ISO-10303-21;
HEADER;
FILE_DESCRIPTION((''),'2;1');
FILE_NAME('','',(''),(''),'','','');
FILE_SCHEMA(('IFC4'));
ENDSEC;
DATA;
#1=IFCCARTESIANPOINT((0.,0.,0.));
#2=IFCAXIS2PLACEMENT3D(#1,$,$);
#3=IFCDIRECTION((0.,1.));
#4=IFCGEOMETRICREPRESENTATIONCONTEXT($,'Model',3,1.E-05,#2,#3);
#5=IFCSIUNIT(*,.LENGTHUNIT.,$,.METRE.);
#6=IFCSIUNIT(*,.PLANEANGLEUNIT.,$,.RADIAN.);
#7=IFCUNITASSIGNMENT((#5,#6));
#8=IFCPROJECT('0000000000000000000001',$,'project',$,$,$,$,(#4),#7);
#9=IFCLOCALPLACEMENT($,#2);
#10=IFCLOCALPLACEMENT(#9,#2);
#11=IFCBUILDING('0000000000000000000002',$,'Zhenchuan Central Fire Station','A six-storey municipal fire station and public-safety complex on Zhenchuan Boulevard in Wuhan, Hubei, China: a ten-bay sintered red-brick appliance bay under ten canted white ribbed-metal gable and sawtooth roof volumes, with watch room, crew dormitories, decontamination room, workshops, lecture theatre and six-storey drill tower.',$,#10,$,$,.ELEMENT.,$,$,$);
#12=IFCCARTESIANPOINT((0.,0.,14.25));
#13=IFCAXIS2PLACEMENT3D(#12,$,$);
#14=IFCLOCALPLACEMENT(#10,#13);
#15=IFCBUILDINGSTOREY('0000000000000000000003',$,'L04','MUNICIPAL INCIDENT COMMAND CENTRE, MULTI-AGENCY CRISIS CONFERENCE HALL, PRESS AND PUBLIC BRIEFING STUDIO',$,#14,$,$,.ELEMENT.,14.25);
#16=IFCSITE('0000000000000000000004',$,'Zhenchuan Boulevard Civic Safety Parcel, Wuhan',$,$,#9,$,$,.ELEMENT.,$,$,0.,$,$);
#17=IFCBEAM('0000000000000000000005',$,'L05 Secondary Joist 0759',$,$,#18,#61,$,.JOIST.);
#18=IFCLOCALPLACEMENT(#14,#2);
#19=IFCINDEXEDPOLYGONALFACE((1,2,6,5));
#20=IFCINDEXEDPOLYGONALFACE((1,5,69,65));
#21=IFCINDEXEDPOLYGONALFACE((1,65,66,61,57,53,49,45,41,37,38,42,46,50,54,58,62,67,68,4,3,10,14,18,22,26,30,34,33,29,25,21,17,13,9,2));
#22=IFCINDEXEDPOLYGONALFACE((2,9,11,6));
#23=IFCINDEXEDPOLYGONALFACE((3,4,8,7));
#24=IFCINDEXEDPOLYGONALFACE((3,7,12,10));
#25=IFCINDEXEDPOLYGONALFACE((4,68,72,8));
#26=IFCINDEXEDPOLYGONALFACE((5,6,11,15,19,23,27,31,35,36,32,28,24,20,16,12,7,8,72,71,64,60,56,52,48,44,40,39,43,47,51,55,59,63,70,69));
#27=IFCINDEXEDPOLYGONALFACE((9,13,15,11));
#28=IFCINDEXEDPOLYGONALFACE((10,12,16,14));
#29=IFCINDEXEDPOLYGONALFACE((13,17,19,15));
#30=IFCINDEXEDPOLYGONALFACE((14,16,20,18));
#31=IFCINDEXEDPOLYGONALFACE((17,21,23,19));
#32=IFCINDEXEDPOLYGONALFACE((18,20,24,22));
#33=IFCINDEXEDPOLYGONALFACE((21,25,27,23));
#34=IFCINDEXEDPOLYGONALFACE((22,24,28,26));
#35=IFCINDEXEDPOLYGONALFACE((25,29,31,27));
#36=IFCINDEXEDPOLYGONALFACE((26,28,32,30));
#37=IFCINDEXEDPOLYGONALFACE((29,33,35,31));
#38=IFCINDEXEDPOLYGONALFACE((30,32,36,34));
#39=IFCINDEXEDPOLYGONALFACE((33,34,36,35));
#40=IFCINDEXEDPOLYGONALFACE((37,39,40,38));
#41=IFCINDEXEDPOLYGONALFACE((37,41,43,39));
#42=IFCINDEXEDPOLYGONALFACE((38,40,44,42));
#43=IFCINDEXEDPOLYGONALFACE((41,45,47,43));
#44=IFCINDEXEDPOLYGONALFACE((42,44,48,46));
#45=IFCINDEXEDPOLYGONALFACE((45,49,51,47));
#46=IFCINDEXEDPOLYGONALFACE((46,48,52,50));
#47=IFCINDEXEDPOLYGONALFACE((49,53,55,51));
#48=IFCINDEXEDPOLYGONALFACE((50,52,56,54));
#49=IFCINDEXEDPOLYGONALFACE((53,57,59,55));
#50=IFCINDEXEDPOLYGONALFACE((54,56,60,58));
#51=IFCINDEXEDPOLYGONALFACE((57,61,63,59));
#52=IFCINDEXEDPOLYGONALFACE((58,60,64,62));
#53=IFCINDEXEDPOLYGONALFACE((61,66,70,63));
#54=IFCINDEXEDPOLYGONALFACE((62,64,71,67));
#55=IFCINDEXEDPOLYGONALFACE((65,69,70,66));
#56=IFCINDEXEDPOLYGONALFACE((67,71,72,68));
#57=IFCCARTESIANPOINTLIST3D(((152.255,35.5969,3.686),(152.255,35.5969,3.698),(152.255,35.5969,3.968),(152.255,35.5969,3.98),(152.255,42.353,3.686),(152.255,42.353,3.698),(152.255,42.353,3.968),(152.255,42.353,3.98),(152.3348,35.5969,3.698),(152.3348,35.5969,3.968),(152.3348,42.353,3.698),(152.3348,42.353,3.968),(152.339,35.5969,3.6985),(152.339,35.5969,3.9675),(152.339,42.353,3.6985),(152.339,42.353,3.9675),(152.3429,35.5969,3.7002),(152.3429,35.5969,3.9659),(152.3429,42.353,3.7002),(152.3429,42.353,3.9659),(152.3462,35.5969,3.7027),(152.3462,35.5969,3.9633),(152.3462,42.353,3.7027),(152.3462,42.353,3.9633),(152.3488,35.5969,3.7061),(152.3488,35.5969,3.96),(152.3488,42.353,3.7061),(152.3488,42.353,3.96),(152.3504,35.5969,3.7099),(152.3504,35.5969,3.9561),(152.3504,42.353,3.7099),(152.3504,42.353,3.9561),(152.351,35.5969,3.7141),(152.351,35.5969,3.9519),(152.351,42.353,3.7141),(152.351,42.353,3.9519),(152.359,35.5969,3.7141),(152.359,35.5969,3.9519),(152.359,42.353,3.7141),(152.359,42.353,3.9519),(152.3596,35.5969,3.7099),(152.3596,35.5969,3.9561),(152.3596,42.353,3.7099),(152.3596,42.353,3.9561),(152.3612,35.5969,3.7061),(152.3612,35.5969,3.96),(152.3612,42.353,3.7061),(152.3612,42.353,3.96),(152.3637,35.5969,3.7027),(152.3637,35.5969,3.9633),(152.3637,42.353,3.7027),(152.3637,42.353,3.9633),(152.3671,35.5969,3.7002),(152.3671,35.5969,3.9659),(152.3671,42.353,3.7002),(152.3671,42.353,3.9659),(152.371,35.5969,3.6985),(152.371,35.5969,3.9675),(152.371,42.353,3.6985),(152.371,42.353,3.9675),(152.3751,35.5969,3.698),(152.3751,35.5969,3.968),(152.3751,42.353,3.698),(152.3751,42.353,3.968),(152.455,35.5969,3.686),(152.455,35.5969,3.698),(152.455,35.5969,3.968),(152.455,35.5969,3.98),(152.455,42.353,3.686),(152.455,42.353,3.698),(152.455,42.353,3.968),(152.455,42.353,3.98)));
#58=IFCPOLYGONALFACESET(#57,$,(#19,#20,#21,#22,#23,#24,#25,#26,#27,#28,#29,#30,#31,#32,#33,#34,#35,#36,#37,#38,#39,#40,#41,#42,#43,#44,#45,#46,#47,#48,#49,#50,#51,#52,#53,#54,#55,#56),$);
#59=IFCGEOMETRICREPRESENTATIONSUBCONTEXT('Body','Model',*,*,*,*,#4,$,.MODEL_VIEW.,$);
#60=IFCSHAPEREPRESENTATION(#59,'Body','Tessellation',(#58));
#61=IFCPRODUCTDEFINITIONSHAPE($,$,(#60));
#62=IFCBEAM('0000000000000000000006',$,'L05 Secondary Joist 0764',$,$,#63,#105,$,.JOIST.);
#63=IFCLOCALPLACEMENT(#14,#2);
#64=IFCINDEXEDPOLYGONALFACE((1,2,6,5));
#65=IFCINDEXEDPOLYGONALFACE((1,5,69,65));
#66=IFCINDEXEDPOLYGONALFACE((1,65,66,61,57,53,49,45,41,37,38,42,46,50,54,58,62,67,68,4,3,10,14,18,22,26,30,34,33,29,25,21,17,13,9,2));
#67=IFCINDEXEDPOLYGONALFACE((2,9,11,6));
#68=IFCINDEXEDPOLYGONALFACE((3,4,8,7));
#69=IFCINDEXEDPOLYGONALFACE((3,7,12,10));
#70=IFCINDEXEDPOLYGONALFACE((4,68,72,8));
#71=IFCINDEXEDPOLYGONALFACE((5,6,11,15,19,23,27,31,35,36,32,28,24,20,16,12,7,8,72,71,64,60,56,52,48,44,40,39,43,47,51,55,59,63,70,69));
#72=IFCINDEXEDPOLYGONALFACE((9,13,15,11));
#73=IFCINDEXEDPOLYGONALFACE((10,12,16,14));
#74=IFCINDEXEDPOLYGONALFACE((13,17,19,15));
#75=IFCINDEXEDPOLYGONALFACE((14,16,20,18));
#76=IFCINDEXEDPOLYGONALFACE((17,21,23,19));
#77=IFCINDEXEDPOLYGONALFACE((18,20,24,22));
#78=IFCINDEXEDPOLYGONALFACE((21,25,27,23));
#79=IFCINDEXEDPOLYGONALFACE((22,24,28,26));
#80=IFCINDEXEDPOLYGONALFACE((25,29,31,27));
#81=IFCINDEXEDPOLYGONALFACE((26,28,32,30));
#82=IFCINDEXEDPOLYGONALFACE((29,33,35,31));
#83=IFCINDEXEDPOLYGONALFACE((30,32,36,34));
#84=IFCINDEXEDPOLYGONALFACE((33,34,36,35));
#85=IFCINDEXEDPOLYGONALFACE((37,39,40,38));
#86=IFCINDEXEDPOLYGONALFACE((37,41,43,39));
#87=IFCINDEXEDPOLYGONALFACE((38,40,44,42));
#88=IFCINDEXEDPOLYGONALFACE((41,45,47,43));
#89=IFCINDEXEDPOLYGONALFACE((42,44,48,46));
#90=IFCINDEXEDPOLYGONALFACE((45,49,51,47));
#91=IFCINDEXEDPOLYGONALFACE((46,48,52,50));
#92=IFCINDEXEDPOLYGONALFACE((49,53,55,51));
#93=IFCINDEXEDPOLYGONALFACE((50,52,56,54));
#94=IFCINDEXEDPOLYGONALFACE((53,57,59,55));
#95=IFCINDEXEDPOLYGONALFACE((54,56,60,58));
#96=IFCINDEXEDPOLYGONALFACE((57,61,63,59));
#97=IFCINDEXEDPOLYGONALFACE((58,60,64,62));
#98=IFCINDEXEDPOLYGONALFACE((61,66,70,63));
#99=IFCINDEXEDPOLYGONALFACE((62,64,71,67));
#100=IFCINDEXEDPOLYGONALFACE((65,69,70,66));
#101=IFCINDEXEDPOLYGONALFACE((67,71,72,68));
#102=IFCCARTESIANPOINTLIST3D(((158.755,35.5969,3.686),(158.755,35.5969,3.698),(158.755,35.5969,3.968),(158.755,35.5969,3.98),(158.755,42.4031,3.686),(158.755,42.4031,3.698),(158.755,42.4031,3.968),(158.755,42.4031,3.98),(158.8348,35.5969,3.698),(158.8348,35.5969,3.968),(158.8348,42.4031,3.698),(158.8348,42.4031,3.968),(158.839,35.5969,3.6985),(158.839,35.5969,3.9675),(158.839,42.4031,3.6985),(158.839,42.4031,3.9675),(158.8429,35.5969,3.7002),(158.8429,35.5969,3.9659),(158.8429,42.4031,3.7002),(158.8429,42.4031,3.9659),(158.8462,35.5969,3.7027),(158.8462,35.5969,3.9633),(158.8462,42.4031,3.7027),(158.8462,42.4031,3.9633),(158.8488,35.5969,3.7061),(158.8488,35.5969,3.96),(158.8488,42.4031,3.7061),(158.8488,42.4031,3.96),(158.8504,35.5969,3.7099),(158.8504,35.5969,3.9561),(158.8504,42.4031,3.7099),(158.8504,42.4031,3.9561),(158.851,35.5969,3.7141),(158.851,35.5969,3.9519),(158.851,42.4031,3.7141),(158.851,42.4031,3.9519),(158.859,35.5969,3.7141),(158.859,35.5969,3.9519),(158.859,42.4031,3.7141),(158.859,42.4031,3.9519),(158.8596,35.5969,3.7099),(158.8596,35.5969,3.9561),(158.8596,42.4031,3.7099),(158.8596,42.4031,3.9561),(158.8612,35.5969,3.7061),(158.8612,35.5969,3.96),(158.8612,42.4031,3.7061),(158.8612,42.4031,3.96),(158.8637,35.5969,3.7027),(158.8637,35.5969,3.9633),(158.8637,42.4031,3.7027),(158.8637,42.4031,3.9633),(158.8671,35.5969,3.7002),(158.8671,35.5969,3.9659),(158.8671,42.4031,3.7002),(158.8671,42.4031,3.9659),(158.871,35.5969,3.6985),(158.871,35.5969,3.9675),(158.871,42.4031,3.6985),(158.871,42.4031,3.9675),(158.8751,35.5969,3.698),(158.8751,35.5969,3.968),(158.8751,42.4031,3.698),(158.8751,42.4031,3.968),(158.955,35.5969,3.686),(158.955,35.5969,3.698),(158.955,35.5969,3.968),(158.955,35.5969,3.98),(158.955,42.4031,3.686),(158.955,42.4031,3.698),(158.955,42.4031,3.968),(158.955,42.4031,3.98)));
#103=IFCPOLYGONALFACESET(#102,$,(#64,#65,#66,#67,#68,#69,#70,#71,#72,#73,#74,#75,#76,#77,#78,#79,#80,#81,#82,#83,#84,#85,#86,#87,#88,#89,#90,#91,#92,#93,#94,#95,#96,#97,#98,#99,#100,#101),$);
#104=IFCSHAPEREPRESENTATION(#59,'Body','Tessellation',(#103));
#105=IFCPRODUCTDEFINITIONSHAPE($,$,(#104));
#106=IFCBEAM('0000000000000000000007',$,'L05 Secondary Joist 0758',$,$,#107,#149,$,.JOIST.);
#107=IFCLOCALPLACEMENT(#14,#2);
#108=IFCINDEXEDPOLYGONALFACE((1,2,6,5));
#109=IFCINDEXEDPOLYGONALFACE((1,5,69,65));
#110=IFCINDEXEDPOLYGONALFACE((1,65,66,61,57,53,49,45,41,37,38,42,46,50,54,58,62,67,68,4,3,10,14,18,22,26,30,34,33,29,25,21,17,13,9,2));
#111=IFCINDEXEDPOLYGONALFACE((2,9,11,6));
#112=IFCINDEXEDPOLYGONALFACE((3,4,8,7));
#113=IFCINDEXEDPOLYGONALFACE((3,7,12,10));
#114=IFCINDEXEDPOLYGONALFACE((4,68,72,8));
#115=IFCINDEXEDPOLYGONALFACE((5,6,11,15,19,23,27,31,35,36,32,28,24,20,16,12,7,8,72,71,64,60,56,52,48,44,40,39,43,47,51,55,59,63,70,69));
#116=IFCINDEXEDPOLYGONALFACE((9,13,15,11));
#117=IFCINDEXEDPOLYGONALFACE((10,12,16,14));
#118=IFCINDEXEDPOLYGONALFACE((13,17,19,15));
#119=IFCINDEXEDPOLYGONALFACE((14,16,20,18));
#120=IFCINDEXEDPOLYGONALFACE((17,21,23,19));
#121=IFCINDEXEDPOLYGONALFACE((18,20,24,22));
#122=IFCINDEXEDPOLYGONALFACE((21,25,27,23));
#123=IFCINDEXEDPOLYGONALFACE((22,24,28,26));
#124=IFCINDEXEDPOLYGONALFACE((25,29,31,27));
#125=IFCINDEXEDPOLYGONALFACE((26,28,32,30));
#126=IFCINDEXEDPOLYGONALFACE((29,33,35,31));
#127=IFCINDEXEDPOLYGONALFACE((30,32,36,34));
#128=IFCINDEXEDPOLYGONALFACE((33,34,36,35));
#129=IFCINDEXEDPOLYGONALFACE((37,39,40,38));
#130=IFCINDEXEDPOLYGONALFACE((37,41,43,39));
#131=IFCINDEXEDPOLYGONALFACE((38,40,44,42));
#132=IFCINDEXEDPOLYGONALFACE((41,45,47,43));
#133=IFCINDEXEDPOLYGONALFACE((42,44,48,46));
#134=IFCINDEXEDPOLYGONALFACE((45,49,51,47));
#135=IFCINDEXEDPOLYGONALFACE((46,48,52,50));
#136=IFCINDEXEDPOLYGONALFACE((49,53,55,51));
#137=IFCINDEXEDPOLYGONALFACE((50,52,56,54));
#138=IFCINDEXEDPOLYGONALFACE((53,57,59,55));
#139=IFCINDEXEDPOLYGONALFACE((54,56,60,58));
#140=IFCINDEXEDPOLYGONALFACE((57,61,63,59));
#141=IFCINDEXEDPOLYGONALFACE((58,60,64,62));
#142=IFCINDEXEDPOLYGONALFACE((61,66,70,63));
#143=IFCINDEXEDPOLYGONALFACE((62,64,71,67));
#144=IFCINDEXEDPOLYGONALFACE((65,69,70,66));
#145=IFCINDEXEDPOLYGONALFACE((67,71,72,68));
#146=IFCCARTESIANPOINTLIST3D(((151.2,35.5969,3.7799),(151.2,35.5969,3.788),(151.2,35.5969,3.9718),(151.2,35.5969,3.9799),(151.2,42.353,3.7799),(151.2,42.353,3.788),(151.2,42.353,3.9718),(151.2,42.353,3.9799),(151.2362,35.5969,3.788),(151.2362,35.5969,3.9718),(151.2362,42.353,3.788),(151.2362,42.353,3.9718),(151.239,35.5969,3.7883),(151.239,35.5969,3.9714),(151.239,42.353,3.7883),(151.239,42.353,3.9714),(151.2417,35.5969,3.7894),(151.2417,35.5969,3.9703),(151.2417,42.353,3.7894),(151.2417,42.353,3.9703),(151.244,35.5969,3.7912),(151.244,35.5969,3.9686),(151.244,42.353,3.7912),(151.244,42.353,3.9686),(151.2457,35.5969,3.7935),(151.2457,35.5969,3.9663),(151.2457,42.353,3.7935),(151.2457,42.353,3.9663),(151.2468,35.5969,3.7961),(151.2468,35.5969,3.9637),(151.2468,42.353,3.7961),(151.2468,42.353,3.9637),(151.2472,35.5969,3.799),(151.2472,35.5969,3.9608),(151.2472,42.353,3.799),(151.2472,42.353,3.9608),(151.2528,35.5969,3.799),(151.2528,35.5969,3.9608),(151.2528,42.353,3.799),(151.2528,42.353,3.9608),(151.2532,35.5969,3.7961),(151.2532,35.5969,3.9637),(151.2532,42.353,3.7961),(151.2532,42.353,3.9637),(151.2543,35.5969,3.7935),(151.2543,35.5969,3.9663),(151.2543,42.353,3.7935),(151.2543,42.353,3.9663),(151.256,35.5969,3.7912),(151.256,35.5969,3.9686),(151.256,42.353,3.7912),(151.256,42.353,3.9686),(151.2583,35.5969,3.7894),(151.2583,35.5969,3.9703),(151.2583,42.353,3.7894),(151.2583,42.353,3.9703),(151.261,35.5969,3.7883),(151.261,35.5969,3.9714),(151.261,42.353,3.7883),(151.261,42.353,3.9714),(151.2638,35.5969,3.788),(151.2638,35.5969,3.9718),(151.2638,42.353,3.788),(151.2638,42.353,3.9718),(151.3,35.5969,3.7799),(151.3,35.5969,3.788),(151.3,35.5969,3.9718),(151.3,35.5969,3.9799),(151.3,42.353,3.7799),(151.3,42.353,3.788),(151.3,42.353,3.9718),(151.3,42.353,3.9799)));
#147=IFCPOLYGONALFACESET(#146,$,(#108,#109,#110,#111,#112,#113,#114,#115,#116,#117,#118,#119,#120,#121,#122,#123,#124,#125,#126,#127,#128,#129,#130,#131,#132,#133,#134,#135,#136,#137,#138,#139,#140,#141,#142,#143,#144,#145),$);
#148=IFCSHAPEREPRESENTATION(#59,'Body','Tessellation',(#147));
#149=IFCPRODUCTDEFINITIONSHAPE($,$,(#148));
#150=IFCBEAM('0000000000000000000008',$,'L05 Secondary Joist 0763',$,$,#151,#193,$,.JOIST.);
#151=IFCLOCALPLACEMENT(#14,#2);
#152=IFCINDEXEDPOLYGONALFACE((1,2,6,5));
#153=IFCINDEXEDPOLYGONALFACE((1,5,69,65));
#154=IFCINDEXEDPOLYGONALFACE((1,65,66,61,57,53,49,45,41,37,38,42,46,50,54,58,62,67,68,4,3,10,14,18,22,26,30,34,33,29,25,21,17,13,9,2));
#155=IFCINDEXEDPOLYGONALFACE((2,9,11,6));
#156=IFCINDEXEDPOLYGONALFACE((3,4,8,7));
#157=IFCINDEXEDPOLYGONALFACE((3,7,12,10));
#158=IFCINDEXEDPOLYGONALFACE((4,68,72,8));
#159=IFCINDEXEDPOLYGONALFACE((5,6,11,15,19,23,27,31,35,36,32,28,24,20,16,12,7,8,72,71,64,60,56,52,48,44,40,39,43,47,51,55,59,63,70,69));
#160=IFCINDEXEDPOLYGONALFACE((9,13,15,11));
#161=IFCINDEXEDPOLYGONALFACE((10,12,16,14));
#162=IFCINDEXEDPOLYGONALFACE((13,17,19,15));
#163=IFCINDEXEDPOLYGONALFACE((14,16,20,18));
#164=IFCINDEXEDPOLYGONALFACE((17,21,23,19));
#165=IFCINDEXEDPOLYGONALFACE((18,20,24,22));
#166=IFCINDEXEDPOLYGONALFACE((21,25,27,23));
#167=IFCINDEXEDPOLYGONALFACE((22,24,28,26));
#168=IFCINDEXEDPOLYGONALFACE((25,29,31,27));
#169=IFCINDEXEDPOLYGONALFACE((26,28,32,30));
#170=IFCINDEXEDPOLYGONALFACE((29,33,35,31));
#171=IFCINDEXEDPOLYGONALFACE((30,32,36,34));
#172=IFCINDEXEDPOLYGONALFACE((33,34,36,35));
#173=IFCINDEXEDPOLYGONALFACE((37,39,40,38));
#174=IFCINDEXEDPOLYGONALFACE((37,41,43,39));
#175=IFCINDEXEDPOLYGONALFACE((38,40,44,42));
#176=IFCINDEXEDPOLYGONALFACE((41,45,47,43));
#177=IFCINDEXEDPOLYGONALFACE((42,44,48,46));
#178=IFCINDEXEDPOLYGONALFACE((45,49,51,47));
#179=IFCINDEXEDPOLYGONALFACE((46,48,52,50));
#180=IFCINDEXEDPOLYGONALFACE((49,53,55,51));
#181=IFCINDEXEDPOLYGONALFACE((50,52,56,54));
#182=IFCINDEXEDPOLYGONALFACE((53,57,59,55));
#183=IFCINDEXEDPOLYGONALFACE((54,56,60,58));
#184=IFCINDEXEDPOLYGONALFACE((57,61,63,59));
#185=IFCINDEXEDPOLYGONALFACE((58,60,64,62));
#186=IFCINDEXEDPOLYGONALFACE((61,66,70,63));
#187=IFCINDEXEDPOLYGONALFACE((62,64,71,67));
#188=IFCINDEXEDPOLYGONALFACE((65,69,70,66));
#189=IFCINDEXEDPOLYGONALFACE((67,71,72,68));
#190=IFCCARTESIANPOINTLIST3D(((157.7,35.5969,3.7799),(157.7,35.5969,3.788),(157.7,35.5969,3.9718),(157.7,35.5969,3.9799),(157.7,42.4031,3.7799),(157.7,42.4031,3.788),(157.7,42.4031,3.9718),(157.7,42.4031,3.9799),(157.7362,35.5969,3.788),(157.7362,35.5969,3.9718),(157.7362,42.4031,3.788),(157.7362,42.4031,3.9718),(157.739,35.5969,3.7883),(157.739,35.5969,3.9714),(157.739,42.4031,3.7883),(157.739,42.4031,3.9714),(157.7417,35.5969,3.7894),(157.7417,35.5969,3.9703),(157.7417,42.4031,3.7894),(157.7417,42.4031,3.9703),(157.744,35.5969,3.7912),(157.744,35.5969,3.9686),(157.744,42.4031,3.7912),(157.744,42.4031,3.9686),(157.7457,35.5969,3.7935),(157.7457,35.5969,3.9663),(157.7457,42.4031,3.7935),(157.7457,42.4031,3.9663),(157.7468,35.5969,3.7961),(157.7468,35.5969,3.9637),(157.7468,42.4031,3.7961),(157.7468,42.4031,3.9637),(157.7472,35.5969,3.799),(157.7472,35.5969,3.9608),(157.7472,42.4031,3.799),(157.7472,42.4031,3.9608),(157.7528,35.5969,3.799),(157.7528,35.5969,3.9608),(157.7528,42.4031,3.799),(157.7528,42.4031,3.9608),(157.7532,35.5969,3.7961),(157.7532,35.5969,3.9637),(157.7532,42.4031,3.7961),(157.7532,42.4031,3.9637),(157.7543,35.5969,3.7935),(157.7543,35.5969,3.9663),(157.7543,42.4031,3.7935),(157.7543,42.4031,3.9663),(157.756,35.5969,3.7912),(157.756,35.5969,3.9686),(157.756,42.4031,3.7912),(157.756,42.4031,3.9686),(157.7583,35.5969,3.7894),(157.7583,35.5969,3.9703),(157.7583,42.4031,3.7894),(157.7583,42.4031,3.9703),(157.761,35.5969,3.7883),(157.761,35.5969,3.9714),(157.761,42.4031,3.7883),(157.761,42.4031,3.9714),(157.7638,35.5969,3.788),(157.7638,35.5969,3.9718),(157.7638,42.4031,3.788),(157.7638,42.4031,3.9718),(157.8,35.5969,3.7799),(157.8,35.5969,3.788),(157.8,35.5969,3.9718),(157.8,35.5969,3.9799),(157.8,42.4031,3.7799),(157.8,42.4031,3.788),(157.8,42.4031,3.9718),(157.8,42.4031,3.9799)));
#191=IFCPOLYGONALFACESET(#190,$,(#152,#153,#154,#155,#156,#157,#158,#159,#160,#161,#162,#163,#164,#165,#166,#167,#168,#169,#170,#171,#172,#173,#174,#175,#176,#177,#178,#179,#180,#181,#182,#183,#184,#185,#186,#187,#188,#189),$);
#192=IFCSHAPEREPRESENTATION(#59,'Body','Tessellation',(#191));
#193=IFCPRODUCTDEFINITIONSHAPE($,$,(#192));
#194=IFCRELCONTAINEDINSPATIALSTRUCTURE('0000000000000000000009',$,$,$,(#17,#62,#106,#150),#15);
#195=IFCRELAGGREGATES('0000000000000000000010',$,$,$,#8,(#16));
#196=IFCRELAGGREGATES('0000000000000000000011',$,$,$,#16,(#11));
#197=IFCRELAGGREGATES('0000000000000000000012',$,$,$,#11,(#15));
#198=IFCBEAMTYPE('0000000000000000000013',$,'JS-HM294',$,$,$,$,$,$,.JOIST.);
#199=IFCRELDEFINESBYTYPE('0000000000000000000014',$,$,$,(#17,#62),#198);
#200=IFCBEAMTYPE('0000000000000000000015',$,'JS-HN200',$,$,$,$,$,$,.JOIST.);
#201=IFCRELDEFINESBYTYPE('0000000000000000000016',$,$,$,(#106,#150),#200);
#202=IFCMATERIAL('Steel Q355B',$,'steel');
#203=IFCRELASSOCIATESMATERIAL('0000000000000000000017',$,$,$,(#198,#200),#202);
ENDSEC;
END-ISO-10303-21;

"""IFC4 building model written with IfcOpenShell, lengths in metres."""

from ifc_helpers import new_model, si_unit, direction, frame, origin, origin_2d, place, context, subcontext, project, spatial, i_section, extrude, material, material_profile, profile_set, type_object, element, save


model = new_model("IFC4")

# Units and contexts
model_context = context("Model", 3, precision=1e-05, world=origin(), true_north=direction((0.0, 1.0)))
body_context = subcontext(model_context, "Body", "Model", "MODEL_VIEW")
ifc_project = project(units=[si_unit("LENGTHUNIT", "METRE"), si_unit("PLANEANGLEUNIT", "RADIAN")], contexts=[model_context])

# Site, building, storey
site_placement = place(None, origin())
site = spatial("IfcSite", under=ifc_project, at=site_placement, Name="Zhenchuan Boulevard Civic Safety Parcel, Wuhan", CompositionType="ELEMENT", RefElevation=0.0)
building_placement = place(site_placement, origin())
building = spatial("IfcBuilding", under=site, at=building_placement, Name="Zhenchuan Central Fire Station", Description="A six-storey municipal fire station and public-safety complex on Zhenchuan Boulevard in Wuhan, Hubei, China: a ten-bay sintered red-brick appliance bay under ten canted white ribbed-metal gable and sawtooth roof volumes, with watch room, crew dormitories, decontamination room, workshops, lecture theatre and six-storey drill tower.", CompositionType="ELEMENT")
storey_placement = place(building_placement, frame((0.0, 0.0, 14.25)))
storey = spatial("IfcBuildingStorey", under=building, at=storey_placement, Name="L04", Description="MUNICIPAL INCIDENT COMMAND CENTRE, MULTI-AGENCY CRISIS CONFERENCE HALL, PRESS AND PUBLIC BRIEFING STUDIO", CompositionType="ELEMENT", Elevation=14.25)

# Shared definitions
ifc_material_1 = material(Name="Steel Q355B", Category="steel")

# Beams
ifc_material_profile_1 = material_profile(ifc_material_1, i_section(OverallWidth=0.2, OverallDepth=0.2939, WebThickness=0.0081, FlangeThickness=0.012, FilletRadius=0.0161, at=origin_2d()), Name="HM 294x200")
ifc_profile_set_1 = profile_set([ifc_material_profile_1], Name="Steel Q355B")
beam_type_1 = type_object("IfcBeamType", Name="JS-HM294", PredefinedType="JOIST", material=ifc_profile_set_1)
beam_1_placement = place(storey_placement, frame((152.355, 35.5969, 3.833), z_axis=(0.0, 1.0, 0.0), x_axis=(-1.0, 0.0, 0.0)))
element("IfcBeam", 1, at=beam_1_placement, inside=storey, type_object=beam_type_1, Name="L05 Secondary Joist 0759", PredefinedType="JOIST", context=body_context, shape_type="SweptSolid", body=[
    extrude(i_section(OverallWidth=0.2, OverallDepth=0.2939, WebThickness=0.0081, FlangeThickness=0.012, FilletRadius=0.0161, at=origin_2d()), origin(), (0.0, 0.0, 1.0), 6.7561),
])
beam_2_placement = place(storey_placement, frame((158.855, 35.5969, 3.833), z_axis=(0.0, 1.0, 0.0), x_axis=(-1.0, 0.0, 0.0)))
element("IfcBeam", 2, at=beam_2_placement, inside=storey, type_object=beam_type_1, Name="L05 Secondary Joist 0764", PredefinedType="JOIST", context=body_context, shape_type="SweptSolid", body=[
    extrude(i_section(OverallWidth=0.2, OverallDepth=0.2939, WebThickness=0.0081, FlangeThickness=0.012, FilletRadius=0.0161, at=origin_2d()), origin(), (0.0, 0.0, 1.0), 6.8062),
])
ifc_material_profile_2 = material_profile(ifc_material_1, i_section(OverallWidth=0.1001, OverallDepth=0.2, WebThickness=0.0056, FlangeThickness=0.0081, FilletRadius=0.011, at=origin_2d()), Name="HN 200x100")
ifc_profile_set_2 = profile_set([ifc_material_profile_2], Name="Steel Q355B")
beam_type_2 = type_object("IfcBeamType", Name="JS-HN200", PredefinedType="JOIST", material=ifc_profile_set_2)
beam_3_placement = place(storey_placement, frame((151.25, 35.5969, 3.8799), z_axis=(0.0, 1.0, 0.0), x_axis=(-1.0, 0.0, 0.0)))
element("IfcBeam", 3, at=beam_3_placement, inside=storey, type_object=beam_type_2, Name="L05 Secondary Joist 0758", PredefinedType="JOIST", context=body_context, shape_type="SweptSolid", body=[
    extrude(i_section(OverallWidth=0.1001, OverallDepth=0.2, WebThickness=0.0056, FlangeThickness=0.0081, FilletRadius=0.011, at=origin_2d()), origin(), (0.0, 0.0, 1.0), 6.7561),
])
beam_4_placement = place(storey_placement, frame((157.75, 35.5969, 3.8799), z_axis=(0.0, 1.0, 0.0), x_axis=(-1.0, 0.0, 0.0)))
element("IfcBeam", 4, at=beam_4_placement, inside=storey, type_object=beam_type_2, Name="L05 Secondary Joist 0763", PredefinedType="JOIST", context=body_context, shape_type="SweptSolid", body=[
    extrude(i_section(OverallWidth=0.1001, OverallDepth=0.2, WebThickness=0.0056, FlangeThickness=0.0081, FilletRadius=0.011, at=origin_2d()), origin(), (0.0, 0.0, 1.0), 6.8062),
])

save(model, "model.ifc")
